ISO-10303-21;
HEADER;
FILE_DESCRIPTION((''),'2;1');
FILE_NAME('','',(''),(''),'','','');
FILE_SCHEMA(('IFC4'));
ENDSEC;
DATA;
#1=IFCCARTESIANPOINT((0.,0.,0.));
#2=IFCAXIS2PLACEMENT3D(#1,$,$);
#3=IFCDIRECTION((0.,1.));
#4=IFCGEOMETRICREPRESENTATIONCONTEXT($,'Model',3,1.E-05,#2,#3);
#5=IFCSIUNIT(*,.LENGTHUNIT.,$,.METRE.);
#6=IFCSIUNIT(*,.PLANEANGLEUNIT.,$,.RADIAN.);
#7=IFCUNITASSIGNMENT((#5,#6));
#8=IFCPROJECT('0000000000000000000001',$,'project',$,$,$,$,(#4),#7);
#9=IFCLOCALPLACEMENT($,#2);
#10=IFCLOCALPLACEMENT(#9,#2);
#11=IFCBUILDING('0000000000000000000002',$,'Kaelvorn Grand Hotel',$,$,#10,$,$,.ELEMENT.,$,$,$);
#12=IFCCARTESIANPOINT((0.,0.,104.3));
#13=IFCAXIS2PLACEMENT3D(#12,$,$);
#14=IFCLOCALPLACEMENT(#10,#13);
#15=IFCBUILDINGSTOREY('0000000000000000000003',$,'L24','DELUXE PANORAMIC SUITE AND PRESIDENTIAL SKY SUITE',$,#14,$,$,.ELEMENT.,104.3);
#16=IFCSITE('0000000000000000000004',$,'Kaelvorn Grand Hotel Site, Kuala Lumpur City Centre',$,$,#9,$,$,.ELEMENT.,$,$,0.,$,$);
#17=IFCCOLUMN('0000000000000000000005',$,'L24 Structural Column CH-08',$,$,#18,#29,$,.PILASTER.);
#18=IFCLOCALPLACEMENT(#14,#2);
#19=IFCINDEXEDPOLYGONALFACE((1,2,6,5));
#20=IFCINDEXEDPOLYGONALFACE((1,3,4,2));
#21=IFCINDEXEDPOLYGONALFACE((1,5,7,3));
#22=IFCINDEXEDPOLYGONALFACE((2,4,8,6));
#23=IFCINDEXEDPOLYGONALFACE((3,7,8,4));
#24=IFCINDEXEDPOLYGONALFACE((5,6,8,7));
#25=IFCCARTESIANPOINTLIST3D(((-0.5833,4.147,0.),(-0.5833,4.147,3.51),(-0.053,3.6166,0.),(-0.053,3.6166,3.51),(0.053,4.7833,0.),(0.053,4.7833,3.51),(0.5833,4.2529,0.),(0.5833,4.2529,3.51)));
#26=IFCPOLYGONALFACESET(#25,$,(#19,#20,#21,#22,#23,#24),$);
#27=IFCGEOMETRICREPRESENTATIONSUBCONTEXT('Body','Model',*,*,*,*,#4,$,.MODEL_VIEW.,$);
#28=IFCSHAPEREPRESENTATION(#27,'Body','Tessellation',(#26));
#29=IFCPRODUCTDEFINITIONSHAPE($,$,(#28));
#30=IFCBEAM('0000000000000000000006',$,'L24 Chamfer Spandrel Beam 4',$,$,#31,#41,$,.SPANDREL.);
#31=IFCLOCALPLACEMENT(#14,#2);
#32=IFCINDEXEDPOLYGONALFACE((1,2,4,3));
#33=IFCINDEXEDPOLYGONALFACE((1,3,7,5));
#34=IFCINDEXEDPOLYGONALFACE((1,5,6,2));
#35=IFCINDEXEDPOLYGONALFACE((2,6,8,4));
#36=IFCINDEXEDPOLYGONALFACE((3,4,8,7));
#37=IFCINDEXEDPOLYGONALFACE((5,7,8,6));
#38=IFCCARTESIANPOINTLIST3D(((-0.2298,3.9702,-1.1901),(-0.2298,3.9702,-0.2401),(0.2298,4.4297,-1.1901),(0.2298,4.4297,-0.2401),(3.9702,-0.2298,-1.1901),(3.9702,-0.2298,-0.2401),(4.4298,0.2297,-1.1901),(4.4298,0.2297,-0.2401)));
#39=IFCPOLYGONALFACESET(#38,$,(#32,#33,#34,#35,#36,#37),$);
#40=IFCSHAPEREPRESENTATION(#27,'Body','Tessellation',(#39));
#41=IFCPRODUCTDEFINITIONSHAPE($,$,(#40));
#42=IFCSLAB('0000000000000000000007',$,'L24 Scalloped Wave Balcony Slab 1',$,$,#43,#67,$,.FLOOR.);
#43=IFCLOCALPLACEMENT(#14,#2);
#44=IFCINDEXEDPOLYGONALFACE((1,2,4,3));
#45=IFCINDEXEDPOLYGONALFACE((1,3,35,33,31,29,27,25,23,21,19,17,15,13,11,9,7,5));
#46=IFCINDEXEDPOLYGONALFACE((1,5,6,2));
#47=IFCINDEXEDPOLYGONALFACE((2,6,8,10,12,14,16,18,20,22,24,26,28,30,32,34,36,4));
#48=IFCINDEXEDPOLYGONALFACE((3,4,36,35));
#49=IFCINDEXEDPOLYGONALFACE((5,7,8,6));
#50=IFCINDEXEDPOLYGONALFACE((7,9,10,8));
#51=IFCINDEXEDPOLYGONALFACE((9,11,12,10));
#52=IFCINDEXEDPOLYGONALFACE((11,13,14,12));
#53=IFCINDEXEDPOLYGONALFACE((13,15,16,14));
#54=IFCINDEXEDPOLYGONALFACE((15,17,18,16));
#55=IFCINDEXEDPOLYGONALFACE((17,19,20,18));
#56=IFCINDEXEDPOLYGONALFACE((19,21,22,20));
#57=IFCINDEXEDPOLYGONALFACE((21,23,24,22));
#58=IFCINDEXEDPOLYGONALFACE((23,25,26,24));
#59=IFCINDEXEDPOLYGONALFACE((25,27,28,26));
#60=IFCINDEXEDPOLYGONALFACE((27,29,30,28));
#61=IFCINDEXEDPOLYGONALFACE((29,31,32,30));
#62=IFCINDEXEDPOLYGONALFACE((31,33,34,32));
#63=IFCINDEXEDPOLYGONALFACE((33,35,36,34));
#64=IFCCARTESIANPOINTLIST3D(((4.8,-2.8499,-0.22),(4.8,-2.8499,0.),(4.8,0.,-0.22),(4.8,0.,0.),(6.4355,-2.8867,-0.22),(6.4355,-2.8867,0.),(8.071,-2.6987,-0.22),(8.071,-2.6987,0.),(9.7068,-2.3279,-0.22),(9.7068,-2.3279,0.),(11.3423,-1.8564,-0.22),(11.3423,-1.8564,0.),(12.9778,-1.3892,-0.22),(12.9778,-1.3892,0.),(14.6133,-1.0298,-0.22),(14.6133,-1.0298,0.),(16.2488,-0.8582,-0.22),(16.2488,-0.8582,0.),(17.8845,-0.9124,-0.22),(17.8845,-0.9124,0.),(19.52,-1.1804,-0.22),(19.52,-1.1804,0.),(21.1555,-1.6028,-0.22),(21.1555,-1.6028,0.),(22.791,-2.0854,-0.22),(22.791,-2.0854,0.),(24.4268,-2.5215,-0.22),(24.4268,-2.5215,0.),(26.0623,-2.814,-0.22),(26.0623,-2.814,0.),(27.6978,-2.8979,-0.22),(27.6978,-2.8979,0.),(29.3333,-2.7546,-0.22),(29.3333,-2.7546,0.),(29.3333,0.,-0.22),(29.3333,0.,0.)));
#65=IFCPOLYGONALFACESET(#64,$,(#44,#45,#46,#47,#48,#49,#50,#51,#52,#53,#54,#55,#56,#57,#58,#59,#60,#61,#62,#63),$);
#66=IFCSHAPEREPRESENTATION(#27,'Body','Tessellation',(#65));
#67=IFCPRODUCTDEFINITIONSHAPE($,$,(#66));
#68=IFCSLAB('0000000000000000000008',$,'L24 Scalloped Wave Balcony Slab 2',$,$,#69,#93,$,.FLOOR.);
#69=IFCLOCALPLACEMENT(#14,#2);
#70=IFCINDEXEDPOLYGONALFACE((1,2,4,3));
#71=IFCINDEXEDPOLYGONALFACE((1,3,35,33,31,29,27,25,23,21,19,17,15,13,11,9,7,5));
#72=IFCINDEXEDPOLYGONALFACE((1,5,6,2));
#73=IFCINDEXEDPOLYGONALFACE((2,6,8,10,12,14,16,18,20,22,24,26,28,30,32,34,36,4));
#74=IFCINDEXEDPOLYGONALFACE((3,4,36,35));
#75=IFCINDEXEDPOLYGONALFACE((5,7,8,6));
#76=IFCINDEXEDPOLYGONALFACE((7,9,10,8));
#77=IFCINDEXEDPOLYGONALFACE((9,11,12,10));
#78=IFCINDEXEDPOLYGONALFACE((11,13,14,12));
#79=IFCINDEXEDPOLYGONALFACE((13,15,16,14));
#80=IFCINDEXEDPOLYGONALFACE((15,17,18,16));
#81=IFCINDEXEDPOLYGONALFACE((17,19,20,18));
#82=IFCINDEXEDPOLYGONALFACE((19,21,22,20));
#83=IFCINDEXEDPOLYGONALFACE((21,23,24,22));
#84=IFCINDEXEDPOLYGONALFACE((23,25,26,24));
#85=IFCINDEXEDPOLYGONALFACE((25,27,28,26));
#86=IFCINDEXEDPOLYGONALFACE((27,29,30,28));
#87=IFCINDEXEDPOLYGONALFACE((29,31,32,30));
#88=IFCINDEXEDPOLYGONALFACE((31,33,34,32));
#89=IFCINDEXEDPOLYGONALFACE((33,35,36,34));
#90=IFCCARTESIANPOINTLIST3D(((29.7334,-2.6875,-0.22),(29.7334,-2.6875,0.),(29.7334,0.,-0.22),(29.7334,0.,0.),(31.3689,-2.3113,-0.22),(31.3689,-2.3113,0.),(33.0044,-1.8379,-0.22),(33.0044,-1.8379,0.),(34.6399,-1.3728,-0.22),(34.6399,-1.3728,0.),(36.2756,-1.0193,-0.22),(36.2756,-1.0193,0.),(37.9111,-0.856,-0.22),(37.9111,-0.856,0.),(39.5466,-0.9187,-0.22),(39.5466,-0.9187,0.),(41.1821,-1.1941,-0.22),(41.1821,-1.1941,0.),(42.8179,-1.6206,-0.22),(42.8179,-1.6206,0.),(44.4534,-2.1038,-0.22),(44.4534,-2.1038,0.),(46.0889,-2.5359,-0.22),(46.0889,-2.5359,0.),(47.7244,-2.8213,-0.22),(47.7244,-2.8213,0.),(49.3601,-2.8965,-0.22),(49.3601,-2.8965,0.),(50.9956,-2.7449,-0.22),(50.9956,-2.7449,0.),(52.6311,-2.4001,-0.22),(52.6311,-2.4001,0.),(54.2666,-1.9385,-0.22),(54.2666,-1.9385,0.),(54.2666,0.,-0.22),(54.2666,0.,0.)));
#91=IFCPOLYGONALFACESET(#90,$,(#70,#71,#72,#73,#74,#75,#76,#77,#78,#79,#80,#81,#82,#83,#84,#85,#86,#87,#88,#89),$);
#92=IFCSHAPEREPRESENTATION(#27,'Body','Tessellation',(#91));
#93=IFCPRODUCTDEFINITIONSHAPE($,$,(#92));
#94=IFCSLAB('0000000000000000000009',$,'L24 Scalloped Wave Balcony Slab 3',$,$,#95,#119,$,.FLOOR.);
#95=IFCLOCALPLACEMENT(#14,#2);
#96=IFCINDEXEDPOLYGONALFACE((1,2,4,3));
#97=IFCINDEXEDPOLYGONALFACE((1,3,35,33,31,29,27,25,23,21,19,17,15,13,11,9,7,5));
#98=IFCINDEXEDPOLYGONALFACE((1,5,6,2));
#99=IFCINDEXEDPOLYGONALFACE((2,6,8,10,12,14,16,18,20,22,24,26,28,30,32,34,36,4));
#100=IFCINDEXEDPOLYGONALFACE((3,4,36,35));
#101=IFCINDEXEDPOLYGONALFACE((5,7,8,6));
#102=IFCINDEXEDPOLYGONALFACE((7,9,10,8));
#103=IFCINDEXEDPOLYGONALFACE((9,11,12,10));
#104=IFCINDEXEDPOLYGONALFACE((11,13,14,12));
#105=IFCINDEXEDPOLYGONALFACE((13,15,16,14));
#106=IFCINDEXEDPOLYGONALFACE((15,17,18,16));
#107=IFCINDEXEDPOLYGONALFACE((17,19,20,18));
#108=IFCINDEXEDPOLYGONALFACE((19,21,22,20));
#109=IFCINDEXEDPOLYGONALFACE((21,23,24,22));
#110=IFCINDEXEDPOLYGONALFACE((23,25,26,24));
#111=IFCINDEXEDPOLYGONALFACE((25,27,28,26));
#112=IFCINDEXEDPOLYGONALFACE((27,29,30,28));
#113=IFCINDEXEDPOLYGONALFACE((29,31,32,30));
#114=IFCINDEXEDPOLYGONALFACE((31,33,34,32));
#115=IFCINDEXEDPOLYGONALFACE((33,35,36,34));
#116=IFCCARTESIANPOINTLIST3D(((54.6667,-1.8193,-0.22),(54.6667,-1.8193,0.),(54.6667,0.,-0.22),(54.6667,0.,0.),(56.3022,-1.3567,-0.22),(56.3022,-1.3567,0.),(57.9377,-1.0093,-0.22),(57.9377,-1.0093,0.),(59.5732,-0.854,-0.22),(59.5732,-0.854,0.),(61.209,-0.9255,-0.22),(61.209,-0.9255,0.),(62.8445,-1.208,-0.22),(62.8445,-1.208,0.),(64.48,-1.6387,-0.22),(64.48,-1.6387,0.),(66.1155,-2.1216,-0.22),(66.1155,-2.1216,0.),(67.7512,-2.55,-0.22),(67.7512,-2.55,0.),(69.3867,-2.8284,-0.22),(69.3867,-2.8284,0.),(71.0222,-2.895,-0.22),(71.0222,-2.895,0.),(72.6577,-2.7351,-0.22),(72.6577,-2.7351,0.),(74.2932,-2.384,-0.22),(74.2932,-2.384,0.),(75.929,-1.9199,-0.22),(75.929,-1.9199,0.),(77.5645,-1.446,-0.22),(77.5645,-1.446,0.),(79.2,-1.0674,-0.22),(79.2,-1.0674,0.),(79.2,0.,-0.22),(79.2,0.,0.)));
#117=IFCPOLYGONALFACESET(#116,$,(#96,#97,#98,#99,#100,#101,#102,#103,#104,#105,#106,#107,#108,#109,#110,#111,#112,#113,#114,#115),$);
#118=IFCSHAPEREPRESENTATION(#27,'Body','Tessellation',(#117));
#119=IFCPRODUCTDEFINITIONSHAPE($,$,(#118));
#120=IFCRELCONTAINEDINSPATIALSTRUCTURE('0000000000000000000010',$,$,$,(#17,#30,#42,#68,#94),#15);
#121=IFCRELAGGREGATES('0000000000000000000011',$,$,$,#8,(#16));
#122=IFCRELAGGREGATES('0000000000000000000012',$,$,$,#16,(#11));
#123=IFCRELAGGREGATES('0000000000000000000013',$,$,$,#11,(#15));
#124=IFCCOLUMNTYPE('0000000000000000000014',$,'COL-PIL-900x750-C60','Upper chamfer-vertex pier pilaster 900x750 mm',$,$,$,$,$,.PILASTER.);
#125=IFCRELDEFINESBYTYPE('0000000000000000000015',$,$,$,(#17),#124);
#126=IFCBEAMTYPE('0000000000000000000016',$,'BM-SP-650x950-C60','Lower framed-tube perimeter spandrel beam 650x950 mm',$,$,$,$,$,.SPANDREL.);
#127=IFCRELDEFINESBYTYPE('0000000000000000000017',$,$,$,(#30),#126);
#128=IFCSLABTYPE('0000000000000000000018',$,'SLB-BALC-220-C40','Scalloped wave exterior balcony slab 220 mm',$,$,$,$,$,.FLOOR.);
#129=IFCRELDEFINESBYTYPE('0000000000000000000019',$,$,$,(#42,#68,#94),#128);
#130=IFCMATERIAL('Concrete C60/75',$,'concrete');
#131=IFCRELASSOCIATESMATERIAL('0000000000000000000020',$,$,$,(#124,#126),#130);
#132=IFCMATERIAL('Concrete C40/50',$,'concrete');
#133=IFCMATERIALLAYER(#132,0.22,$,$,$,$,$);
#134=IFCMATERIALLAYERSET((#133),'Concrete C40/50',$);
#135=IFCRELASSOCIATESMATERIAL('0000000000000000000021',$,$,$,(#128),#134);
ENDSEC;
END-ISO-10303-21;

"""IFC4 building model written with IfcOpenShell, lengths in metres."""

from ifc_helpers import new_model, si_unit, direction, frame, origin, origin_2d, place, context, subcontext, project, spatial, polyline, rectangle, outline, extrude, material, layer, layer_set, material_profile, profile_set, type_object, element, save


model = new_model("IFC4")

# Units and contexts
model_context = context("Model", 3, precision=1e-05, world=origin(), true_north=direction((0.0, 1.0)))
body_context = subcontext(model_context, "Body", "Model", "MODEL_VIEW")
ifc_project = project(units=[si_unit("LENGTHUNIT", "METRE"), si_unit("PLANEANGLEUNIT", "RADIAN")], contexts=[model_context])

# Site, building, storey
site_placement = place(None, origin())
site = spatial("IfcSite", under=ifc_project, at=site_placement, Name="Kaelvorn Grand Hotel Site, Kuala Lumpur City Centre", CompositionType="ELEMENT", RefElevation=0.0)
building_placement = place(site_placement, origin())
building = spatial("IfcBuilding", under=site, at=building_placement, Name="Kaelvorn Grand Hotel", CompositionType="ELEMENT")
storey_placement = place(building_placement, frame((0.0, 0.0, 104.3)))
storey = spatial("IfcBuildingStorey", under=building, at=storey_placement, Name="L24", Description="DELUXE PANORAMIC SUITE AND PRESIDENTIAL SKY SUITE", CompositionType="ELEMENT", Elevation=104.3)

# Column
ifc_material_1 = material(Name="Concrete C60/75", Category="concrete")
ifc_material_profile_1 = material_profile(ifc_material_1, rectangle(XDim=0.8999, YDim=0.75, at=origin_2d()), Name="RC PILASTER 900x750")
ifc_profile_set_1 = profile_set([ifc_material_profile_1], Name="Concrete C60/75")
column_type = type_object("IfcColumnType", Name="COL-PIL-900x750-C60", Description="Upper chamfer-vertex pier pilaster 900x750 mm", PredefinedType="PILASTER", material=ifc_profile_set_1)
column_placement = place(storey_placement, frame((0.0, 4.2, 0.0), z_axis=(0.0, 0.0, 1.0), x_axis=(0.707107, 0.707107, 0.0)))
element("IfcColumn", 1, at=column_placement, inside=storey, type_object=column_type, Name="L24 Structural Column CH-08", PredefinedType="PILASTER", context=body_context, shape_type="SweptSolid", body=[
    extrude(rectangle(XDim=0.8999, YDim=0.75, at=origin_2d()), origin(), (0.0, 0.0, 1.0), 3.51),
])

# Beam
ifc_material_profile_2 = material_profile(ifc_material_1, rectangle(XDim=0.6499, YDim=0.95, at=origin_2d()), Name="RC SPANDREL 650x950")
ifc_profile_set_2 = profile_set([ifc_material_profile_2], Name="Concrete C60/75")
beam_type = type_object("IfcBeamType", Name="BM-SP-650x950-C60", Description="Lower framed-tube perimeter spandrel beam 650x950 mm", PredefinedType="SPANDREL", material=ifc_profile_set_2)
beam_placement = place(storey_placement, frame((0.0, 4.2, -0.7151), z_axis=(0.707107, -0.707107, 0.0), x_axis=(0.707107, 0.707107, 0.0)))
element("IfcBeam", 2, at=beam_placement, inside=storey, type_object=beam_type, Name="L24 Chamfer Spandrel Beam 4", PredefinedType="SPANDREL", context=body_context, shape_type="SweptSolid", body=[
    extrude(rectangle(XDim=0.6499, YDim=0.95, at=origin_2d()), origin(), (0.0, 0.0, 1.0), 5.9397),
])

# Slabs
ifc_material_2 = material(Name="Concrete C40/50", Category="concrete")
ifc_layer_1 = layer(ifc_material_2, 0.22)
ifc_layer_set_1 = layer_set([ifc_layer_1], Name="Concrete C40/50")
slab_type_1 = type_object("IfcSlabType", Name="SLB-BALC-220-C40", Description="Scalloped wave exterior balcony slab 220 mm", PredefinedType="FLOOR", material=ifc_layer_set_1)
slab_1_placement = place(storey_placement, frame((0.0, 0.0, -0.22)))
element("IfcSlab", 3, at=slab_1_placement, inside=storey, type_object=slab_type_1, Name="L24 Scalloped Wave Balcony Slab 1", PredefinedType="FLOOR", context=body_context, shape_type="SweptSolid", body=[
    extrude(outline(polyline([(4.8, -2.8499), (6.4355, -2.8867), (8.071, -2.6987), (9.7068, -2.3279), (11.3423, -1.8564), (12.9778, -1.3892), (14.6133, -1.0298), (16.2488, -0.8582), (17.8845, -0.9124), (19.52, -1.1804), (21.1555, -1.6028), (22.791, -2.0854), (24.4268, -2.5215), (26.0623, -2.814), (27.6978, -2.8979), (29.3333, -2.7546), (29.3333, 0.0), (4.8, 0.0), (4.8, -2.8499)])), origin(), (0.0, 0.0, 1.0), 0.22),
])
slab_2_placement = place(storey_placement, frame((0.0, 0.0, -0.22)))
element("IfcSlab", 4, at=slab_2_placement, inside=storey, type_object=slab_type_1, Name="L24 Scalloped Wave Balcony Slab 2", PredefinedType="FLOOR", context=body_context, shape_type="SweptSolid", body=[
    extrude(outline(polyline([(29.7334, -2.6875), (31.3689, -2.3113), (33.0044, -1.8379), (34.6399, -1.3728), (36.2756, -1.0193), (37.9111, -0.856), (39.5466, -0.9187), (41.1821, -1.1941), (42.8179, -1.6206), (44.4534, -2.1038), (46.0889, -2.5359), (47.7244, -2.8213), (49.3601, -2.8965), (50.9956, -2.7449), (52.6311, -2.4001), (54.2666, -1.9385), (54.2666, 0.0), (29.7334, 0.0), (29.7334, -2.6875)])), origin(), (0.0, 0.0, 1.0), 0.22),
])
slab_3_placement = place(storey_placement, frame((0.0, 0.0, -0.22)))
element("IfcSlab", 5, at=slab_3_placement, inside=storey, type_object=slab_type_1, Name="L24 Scalloped Wave Balcony Slab 3", PredefinedType="FLOOR", context=body_context, shape_type="SweptSolid", body=[
    extrude(outline(polyline([(54.6667, -1.8193), (56.3022, -1.3567), (57.9377, -1.0093), (59.5732, -0.854), (61.209, -0.9255), (62.8445, -1.208), (64.48, -1.6387), (66.1155, -2.1216), (67.7512, -2.55), (69.3867, -2.8284), (71.0222, -2.895), (72.6577, -2.7351), (74.2932, -2.384), (75.929, -1.9199), (77.5645, -1.446), (79.2, -1.0674), (79.2, 0.0), (54.6667, 0.0), (54.6667, -1.8193)])), origin(), (0.0, 0.0, 1.0), 0.22),
])

save(model, "model.ifc")
